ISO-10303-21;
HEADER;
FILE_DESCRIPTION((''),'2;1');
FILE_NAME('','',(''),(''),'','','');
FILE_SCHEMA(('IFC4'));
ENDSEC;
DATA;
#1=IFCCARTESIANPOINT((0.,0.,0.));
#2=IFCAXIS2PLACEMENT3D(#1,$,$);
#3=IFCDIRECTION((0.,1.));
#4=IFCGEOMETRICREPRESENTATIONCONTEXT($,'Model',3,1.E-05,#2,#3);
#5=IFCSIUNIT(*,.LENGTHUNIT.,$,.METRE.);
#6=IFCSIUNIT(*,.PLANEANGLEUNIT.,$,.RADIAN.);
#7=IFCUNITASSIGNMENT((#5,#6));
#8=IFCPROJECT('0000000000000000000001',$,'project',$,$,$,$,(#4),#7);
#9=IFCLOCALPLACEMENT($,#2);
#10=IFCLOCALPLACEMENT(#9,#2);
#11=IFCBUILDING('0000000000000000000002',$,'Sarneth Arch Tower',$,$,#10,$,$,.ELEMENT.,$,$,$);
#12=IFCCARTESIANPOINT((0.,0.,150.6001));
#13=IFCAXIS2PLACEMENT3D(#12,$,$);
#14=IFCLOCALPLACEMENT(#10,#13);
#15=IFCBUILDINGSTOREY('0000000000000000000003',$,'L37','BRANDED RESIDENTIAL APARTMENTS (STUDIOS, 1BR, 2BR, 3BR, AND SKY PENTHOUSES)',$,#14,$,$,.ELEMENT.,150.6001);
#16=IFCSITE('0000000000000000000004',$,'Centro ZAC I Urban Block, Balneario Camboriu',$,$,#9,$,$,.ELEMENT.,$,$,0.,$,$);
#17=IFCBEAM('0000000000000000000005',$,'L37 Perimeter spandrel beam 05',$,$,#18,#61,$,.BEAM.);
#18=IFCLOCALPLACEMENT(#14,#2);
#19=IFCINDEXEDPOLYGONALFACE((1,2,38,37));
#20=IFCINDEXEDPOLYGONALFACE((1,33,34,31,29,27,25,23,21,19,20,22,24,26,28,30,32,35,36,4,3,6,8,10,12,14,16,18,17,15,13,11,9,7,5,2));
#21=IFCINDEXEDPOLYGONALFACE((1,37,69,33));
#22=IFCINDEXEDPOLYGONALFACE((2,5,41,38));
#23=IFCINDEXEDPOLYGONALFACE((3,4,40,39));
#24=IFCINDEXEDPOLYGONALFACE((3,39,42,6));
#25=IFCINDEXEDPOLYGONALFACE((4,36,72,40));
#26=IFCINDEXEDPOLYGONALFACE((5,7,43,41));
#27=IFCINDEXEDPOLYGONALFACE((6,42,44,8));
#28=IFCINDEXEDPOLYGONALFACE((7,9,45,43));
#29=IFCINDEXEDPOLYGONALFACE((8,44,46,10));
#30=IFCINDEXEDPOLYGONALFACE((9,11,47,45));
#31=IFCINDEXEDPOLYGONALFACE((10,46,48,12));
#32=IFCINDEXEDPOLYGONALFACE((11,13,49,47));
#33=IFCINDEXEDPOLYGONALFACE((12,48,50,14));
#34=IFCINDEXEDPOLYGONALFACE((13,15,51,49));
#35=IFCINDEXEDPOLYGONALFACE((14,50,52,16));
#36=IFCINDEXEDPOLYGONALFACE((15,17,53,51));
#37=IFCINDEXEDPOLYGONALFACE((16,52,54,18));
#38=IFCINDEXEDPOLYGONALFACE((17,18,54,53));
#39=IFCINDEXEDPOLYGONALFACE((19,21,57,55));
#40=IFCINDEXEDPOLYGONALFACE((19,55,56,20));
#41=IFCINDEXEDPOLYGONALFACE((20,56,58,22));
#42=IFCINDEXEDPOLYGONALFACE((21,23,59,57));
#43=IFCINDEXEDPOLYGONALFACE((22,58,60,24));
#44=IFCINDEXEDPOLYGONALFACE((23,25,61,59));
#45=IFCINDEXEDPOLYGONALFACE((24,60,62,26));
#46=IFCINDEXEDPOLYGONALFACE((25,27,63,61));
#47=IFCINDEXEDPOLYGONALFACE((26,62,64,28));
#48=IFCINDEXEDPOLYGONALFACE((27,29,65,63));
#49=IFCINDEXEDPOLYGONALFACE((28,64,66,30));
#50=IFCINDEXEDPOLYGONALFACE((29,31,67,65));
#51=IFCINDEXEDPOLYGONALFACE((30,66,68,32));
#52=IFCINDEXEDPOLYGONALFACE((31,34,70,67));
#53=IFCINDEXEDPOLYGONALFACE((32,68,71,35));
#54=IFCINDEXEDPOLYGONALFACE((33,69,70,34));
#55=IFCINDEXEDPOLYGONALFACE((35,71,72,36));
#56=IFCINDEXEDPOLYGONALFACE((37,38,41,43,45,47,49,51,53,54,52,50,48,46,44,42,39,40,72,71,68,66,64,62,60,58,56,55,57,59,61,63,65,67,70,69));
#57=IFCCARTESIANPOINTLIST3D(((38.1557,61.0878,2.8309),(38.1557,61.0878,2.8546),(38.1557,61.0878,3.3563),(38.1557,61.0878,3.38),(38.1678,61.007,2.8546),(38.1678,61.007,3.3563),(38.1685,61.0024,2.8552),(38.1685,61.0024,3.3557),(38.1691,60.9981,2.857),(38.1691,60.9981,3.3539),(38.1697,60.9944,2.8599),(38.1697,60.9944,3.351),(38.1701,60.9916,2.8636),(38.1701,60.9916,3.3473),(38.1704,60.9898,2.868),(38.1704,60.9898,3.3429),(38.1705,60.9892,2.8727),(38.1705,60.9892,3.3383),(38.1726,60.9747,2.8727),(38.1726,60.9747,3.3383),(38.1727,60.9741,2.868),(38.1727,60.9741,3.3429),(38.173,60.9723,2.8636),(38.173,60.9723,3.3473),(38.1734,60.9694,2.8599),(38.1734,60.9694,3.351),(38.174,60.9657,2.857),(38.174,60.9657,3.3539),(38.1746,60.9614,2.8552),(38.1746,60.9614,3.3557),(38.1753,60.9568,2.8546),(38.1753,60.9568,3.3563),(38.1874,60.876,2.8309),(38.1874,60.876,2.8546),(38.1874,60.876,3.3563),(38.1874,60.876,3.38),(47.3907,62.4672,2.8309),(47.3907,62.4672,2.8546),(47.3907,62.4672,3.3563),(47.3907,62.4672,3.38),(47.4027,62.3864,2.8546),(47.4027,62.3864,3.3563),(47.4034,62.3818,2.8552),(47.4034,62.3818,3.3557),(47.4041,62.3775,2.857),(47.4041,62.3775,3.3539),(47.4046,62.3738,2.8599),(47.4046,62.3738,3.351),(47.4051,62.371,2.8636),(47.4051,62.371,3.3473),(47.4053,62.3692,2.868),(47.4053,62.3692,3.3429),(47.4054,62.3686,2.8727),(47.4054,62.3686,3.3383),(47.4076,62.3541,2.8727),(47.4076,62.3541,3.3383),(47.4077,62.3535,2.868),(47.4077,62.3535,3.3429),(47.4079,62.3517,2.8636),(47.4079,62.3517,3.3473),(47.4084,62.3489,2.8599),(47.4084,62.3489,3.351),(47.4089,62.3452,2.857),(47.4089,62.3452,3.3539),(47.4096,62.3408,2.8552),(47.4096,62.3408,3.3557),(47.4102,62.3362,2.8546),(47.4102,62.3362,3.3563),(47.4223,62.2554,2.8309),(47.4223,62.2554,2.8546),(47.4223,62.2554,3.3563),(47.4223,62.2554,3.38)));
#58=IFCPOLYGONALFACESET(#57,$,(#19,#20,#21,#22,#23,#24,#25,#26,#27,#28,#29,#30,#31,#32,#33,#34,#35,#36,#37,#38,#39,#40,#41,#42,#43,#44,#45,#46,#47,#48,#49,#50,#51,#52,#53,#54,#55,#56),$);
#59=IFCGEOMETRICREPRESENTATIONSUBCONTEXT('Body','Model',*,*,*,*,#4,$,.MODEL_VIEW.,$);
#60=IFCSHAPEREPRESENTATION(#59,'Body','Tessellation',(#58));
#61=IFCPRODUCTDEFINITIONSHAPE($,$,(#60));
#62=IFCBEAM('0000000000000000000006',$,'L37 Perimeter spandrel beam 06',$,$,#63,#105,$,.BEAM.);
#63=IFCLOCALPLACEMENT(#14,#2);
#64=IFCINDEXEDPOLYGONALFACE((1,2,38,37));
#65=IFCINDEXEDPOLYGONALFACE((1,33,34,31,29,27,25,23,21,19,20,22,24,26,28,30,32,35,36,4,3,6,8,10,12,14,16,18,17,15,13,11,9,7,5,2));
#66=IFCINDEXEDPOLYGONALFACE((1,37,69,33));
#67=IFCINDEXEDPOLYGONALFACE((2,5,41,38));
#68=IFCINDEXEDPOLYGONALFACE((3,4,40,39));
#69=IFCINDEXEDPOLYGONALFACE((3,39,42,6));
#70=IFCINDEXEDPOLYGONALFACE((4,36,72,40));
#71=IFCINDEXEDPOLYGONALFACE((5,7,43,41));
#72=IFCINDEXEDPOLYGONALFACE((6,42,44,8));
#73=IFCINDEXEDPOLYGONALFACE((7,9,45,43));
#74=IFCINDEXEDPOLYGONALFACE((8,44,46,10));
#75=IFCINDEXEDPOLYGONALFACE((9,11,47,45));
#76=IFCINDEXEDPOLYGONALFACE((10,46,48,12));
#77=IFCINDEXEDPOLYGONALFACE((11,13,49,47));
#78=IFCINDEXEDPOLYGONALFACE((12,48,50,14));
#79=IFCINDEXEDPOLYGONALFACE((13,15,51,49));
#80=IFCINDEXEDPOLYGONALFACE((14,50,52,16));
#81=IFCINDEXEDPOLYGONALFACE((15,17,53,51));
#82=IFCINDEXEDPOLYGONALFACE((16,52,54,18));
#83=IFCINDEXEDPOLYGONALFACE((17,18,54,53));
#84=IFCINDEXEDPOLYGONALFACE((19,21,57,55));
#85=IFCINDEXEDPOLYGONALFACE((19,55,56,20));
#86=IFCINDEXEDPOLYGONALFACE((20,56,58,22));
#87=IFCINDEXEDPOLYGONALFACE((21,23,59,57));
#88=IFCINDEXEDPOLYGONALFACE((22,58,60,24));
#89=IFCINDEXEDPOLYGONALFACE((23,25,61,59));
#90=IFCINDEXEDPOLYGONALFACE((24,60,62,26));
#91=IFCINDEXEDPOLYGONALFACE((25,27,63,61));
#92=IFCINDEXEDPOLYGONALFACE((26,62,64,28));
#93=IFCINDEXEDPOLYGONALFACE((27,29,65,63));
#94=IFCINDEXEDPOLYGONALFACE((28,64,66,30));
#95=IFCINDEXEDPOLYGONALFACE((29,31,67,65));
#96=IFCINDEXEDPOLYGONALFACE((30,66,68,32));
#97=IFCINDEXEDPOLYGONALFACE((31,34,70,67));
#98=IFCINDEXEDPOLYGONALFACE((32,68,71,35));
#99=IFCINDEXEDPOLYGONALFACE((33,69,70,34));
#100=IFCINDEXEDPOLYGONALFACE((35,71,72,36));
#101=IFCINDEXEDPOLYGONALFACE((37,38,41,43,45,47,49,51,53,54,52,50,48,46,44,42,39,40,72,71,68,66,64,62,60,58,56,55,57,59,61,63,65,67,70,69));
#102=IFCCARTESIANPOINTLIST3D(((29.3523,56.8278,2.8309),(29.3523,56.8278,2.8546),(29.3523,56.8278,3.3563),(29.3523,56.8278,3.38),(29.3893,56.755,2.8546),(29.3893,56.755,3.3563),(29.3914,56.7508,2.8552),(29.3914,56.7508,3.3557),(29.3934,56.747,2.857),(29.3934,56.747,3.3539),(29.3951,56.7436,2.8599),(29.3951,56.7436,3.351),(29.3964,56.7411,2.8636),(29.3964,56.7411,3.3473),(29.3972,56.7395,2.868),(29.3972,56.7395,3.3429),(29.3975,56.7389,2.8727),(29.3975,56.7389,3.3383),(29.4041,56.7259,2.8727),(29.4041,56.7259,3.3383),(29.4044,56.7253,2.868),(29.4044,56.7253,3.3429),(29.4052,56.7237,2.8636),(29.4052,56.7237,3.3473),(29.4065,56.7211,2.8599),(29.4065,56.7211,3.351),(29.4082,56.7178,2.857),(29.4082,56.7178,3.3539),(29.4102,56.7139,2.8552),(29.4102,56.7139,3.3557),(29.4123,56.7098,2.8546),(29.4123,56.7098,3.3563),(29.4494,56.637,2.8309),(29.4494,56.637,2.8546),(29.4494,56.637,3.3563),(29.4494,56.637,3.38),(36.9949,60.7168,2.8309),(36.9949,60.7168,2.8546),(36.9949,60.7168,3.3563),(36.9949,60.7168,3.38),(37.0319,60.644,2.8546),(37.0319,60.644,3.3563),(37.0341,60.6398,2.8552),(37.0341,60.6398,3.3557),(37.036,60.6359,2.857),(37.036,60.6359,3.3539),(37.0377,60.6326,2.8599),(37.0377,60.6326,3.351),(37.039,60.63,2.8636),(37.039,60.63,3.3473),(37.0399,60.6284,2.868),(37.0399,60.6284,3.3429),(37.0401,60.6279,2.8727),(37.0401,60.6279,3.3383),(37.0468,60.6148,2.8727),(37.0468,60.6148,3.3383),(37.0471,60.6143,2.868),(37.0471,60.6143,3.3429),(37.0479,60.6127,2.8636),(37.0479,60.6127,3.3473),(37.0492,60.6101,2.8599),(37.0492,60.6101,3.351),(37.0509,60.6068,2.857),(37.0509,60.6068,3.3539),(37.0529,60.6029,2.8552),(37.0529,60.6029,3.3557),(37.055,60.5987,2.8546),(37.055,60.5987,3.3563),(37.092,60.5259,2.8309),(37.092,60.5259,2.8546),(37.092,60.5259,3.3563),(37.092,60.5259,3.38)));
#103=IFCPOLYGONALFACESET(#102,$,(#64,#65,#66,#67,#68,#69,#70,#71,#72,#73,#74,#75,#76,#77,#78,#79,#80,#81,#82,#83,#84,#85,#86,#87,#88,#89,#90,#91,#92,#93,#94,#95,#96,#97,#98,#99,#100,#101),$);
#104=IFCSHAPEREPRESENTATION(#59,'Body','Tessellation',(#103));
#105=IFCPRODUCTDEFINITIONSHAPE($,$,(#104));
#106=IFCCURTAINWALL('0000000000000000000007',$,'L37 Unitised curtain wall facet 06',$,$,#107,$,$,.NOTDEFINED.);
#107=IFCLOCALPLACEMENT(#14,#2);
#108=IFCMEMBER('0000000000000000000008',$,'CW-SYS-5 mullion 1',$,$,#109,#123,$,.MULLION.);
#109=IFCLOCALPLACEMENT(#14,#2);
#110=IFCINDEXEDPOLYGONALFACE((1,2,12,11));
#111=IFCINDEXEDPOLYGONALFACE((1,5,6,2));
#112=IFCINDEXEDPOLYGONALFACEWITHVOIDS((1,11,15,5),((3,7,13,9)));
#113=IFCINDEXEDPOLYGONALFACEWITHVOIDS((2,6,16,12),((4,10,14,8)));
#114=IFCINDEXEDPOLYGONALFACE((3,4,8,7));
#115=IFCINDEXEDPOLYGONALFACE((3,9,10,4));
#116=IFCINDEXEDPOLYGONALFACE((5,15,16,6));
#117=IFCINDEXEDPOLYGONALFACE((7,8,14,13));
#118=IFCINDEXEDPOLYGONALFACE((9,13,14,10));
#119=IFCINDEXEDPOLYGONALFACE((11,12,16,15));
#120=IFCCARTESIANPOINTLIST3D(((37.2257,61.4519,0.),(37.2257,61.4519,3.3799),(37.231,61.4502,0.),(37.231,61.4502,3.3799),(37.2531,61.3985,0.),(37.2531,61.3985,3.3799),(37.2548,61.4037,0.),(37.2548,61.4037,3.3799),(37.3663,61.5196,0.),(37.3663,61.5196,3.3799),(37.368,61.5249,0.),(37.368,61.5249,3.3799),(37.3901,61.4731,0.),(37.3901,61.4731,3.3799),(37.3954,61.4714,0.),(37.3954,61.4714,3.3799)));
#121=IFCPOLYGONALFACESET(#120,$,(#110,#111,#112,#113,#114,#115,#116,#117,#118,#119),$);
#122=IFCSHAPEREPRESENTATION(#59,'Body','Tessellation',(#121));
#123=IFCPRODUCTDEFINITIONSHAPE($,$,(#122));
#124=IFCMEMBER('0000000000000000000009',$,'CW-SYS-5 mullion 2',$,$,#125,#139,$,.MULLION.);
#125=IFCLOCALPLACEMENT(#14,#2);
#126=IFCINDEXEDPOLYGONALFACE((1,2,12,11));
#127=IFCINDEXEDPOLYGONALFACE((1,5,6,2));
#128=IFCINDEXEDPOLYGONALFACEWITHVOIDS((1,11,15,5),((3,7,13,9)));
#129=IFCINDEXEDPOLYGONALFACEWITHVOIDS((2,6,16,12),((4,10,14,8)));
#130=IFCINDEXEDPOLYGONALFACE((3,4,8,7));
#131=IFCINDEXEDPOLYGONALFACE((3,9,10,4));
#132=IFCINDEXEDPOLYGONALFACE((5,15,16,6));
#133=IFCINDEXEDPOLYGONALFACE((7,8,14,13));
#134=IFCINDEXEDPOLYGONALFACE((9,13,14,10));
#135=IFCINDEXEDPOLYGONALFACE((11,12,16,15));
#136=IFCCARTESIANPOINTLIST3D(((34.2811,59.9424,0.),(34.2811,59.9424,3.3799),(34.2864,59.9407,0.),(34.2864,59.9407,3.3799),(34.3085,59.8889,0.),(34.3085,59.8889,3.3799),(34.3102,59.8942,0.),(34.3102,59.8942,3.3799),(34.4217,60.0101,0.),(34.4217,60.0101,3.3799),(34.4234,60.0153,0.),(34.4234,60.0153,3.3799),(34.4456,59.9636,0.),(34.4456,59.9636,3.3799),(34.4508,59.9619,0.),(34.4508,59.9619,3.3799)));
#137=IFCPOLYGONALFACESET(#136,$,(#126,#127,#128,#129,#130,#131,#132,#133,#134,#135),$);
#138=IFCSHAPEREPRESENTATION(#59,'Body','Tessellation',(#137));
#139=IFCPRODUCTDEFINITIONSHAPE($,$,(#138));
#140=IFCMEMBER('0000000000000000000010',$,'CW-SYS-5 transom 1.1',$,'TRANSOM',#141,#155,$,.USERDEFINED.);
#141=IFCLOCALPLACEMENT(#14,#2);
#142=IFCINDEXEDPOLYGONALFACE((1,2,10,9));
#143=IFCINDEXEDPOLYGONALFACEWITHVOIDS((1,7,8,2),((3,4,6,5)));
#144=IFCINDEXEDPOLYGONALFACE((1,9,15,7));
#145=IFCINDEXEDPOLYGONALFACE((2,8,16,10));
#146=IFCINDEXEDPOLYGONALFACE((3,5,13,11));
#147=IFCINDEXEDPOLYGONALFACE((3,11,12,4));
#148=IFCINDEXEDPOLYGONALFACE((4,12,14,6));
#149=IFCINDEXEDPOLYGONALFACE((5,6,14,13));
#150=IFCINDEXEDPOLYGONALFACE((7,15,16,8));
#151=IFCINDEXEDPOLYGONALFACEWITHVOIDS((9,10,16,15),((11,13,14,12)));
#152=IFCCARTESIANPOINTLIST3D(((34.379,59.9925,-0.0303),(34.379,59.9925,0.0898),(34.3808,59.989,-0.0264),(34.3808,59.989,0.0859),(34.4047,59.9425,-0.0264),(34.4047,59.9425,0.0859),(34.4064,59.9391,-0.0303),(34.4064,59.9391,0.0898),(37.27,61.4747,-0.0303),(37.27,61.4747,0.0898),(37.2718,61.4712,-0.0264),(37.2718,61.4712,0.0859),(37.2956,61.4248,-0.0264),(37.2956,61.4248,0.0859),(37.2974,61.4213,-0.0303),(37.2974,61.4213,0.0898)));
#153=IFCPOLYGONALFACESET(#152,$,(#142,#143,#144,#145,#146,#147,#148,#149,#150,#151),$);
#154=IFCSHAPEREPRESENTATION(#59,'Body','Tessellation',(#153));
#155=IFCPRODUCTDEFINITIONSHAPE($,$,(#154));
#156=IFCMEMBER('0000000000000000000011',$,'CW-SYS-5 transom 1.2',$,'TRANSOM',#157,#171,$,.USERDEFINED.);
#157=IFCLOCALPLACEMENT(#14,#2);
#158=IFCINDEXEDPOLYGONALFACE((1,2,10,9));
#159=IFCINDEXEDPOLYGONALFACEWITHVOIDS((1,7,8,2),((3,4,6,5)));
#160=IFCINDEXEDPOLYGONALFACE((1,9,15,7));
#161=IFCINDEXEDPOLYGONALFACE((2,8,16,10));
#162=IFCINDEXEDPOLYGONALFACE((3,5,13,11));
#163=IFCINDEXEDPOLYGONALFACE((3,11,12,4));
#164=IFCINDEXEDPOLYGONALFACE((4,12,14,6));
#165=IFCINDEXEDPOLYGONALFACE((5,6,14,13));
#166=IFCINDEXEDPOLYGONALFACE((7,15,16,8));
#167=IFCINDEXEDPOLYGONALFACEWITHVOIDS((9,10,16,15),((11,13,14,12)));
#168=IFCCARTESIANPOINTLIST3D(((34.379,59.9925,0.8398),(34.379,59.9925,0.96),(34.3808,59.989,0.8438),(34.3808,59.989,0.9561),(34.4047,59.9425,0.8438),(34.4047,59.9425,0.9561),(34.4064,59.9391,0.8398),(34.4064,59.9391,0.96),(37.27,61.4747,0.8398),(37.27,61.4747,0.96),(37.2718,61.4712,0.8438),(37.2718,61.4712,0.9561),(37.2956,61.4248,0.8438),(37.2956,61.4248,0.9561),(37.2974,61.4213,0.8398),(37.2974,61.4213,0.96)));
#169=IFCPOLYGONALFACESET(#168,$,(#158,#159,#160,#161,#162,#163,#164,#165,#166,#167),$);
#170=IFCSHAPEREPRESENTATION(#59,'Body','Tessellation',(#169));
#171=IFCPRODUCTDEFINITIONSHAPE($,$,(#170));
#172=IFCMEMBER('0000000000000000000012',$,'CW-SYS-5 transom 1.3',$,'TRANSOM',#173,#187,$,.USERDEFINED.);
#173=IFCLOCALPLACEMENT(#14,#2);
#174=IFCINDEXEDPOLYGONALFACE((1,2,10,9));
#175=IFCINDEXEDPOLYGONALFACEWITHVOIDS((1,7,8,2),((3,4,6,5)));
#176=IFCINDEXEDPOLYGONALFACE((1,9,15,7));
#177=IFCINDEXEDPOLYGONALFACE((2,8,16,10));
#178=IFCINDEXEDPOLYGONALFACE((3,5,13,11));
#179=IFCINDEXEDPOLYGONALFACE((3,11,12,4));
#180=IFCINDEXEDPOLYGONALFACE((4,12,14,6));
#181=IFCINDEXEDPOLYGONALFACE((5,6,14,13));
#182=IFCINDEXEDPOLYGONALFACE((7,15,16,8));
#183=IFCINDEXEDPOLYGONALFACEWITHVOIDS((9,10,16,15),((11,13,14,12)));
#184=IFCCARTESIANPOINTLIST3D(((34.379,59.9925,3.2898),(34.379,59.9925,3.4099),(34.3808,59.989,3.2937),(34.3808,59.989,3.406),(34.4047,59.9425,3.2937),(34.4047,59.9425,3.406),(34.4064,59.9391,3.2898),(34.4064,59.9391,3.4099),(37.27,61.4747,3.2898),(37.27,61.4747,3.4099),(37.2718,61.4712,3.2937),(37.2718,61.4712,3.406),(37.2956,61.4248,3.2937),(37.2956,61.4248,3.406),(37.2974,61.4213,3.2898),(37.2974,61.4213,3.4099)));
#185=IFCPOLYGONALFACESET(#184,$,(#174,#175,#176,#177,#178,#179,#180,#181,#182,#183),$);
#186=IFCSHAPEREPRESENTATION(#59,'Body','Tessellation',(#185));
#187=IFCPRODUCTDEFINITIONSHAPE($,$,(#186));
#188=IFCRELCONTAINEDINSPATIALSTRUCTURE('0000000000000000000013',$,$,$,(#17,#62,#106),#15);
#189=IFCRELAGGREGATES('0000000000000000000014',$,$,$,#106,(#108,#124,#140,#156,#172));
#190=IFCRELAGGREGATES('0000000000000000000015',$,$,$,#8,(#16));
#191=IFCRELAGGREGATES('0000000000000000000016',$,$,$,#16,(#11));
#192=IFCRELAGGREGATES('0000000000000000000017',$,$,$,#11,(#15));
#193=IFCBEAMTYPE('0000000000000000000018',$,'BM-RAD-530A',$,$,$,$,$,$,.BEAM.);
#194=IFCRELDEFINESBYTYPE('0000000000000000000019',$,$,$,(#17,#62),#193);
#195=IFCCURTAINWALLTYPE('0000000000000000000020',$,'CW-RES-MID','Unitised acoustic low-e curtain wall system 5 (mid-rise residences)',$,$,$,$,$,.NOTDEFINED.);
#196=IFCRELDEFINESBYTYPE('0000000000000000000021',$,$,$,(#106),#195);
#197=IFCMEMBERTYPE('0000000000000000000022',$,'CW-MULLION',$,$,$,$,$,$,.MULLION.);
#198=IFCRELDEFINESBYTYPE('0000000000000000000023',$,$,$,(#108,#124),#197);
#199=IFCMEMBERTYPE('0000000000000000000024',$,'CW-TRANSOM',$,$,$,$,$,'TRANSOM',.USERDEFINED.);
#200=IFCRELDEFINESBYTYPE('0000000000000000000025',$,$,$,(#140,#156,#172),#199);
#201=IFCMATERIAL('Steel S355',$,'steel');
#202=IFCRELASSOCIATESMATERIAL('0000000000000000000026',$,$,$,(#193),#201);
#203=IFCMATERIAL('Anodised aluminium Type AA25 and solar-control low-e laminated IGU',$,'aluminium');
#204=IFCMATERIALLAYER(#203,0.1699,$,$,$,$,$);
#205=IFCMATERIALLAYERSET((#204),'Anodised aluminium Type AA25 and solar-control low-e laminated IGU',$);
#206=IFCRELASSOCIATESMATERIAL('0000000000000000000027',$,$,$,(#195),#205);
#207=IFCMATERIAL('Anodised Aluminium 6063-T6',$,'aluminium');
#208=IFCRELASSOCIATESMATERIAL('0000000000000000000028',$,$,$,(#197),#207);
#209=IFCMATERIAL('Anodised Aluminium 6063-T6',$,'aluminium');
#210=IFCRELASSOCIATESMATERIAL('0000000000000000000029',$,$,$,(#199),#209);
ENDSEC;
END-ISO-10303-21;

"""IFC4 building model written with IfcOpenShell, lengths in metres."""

from ifc_helpers import new_model, si_unit, direction, frame, origin, origin_2d, place, context, subcontext, project, spatial, hollow_rectangle, i_section, extrude, material, layer, layer_set, material_profile, profile_set, type_object, element, aggregate, save


model = new_model("IFC4")

# Units and contexts
model_context = context("Model", 3, precision=1e-05, world=origin(), true_north=direction((0.0, 1.0)))
body_context = subcontext(model_context, "Body", "Model", "MODEL_VIEW")
ifc_project = project(units=[si_unit("LENGTHUNIT", "METRE"), si_unit("PLANEANGLEUNIT", "RADIAN")], contexts=[model_context])

# Site, building, storey
site_placement = place(None, origin())
site = spatial("IfcSite", under=ifc_project, at=site_placement, Name="Centro ZAC I Urban Block, Balneario Camboriu", CompositionType="ELEMENT", RefElevation=0.0)
building_placement = place(site_placement, origin())
building = spatial("IfcBuilding", under=site, at=building_placement, Name="Sarneth Arch Tower", CompositionType="ELEMENT")
storey_placement = place(building_placement, frame((0.0, 0.0, 150.6001)))
storey = spatial("IfcBuildingStorey", under=building, at=storey_placement, Name="L37", Description="BRANDED RESIDENTIAL APARTMENTS (STUDIOS, 1BR, 2BR, 3BR, AND SKY PENTHOUSES)", CompositionType="ELEMENT", Elevation=150.6001)

# Beams
ifc_material_1 = material(Name="Steel S355", Category="steel")
ifc_material_profile_1 = material_profile(ifc_material_1, i_section(OverallWidth=0.2141, OverallDepth=0.5491, WebThickness=0.0146, FlangeThickness=0.0237, FilletRadius=0.0181, at=origin_2d()), Name="W530x138")
ifc_profile_set_1 = profile_set([ifc_material_profile_1], Name="Steel S355")
beam_type = type_object("IfcBeamType", Name="BM-RAD-530A", PredefinedType="BEAM", material=ifc_profile_set_1)
beam_1_placement = place(storey_placement, frame((47.4065, 62.3613, 3.1055), z_axis=(-0.989028, -0.147729, 0.0), x_axis=(0.147729, -0.989028, 0.0)))
element("IfcBeam", 1, at=beam_1_placement, inside=storey, type_object=beam_type, Name="L37 Perimeter spandrel beam 05", PredefinedType="BEAM", context=body_context, shape_type="SweptSolid", body=[
    extrude(i_section(OverallWidth=0.2141, OverallDepth=0.5491, WebThickness=0.0146, FlangeThickness=0.0237, FilletRadius=0.0181, at=origin_2d()), origin(), (0.0, 0.0, 1.0), 9.3374),
])
beam_2_placement = place(storey_placement, frame((37.0435, 60.6213, 3.1055), z_axis=(-0.89125, -0.453512, 0.0), x_axis=(0.453512, -0.89125, 0.0)))
element("IfcBeam", 2, at=beam_2_placement, inside=storey, type_object=beam_type, Name="L37 Perimeter spandrel beam 06", PredefinedType="BEAM", context=body_context, shape_type="SweptSolid", body=[
    extrude(i_section(OverallWidth=0.2141, OverallDepth=0.5491, WebThickness=0.0146, FlangeThickness=0.0237, FilletRadius=0.0181, at=origin_2d()), origin(), (0.0, 0.0, 1.0), 8.5752),
])

# Curtain wall, members
ifc_material_2 = material(Name="Anodised aluminium Type AA25 and solar-control low-e laminated IGU", Category="aluminium")
ifc_layer_1 = layer(ifc_material_2, 0.1699)
ifc_layer_set_1 = layer_set([ifc_layer_1], Name="Anodised aluminium Type AA25 and solar-control low-e laminated IGU")
curtain_wall_type = type_object("IfcCurtainWallType", Name="CW-RES-MID", Description="Unitised acoustic low-e curtain wall system 5 (mid-rise residences)", PredefinedType="NOTDEFINED", material=ifc_layer_set_1)
curtain_wall_placement = place(storey_placement, origin())
curtain_wall = element("IfcCurtainWall", 3, at=curtain_wall_placement, inside=storey, type_object=curtain_wall_type, Name="L37 Unitised curtain wall facet 06", PredefinedType="NOTDEFINED")
ifc_material_3 = material(Name="Anodised Aluminium 6063-T6", Category="aluminium")
ifc_material_profile_2 = material_profile(ifc_material_3, hollow_rectangle(XDim=0.0601, YDim=0.1599, WallThickness=0.0039, at=origin_2d()), Name="AL-MULL-160x60x4")
ifc_profile_set_2 = profile_set([ifc_material_profile_2], Name="Anodised Aluminium 6063-T6")
member_type_1 = type_object("IfcMemberType", Name="CW-MULLION", PredefinedType="MULLION", material=ifc_profile_set_2)
member_1_placement = place(storey_placement, frame((37.3105, 61.4617, 0.0), z_axis=(0.0, 0.0, 1.0), x_axis=(0.456208, -0.889873, 0.0)))
member_1 = element("IfcMember", 4, at=member_1_placement, type_object=member_type_1, Name="CW-SYS-5 mullion 1", PredefinedType="MULLION", context=body_context, shape_type="SweptSolid", body=[
    extrude(hollow_rectangle(XDim=0.0601, YDim=0.1599, WallThickness=0.0039, at=origin_2d()), origin(), (0.0, 0.0, 1.0), 3.3799),
])
member_2_placement = place(storey_placement, frame((34.366, 59.9521, 0.0), z_axis=(0.0, 0.0, 1.0), x_axis=(0.456208, -0.889873, 0.0)))
member_2 = element("IfcMember", 5, at=member_2_placement, type_object=member_type_1, Name="CW-SYS-5 mullion 2", PredefinedType="MULLION", context=body_context, shape_type="SweptSolid", body=[
    extrude(hollow_rectangle(XDim=0.0601, YDim=0.1599, WallThickness=0.0039, at=origin_2d()), origin(), (0.0, 0.0, 1.0), 3.3799),
])
ifc_material_4 = material(Name="Anodised Aluminium 6063-T6", Category="aluminium")
ifc_material_profile_3 = material_profile(ifc_material_4, hollow_rectangle(XDim=0.0601, YDim=0.1201, WallThickness=0.0039, at=origin_2d()), Name="AL-TRAN-120x60x4")
ifc_profile_set_3 = profile_set([ifc_material_profile_3], Name="Anodised Aluminium 6063-T6")
member_type_2 = type_object("IfcMemberType", Name="CW-TRANSOM", ElementType="TRANSOM", PredefinedType="USERDEFINED", material=ifc_profile_set_3)
member_3_placement = place(storey_placement, frame((37.2837, 61.448, 0.0298), z_axis=(-0.889857, -0.456239, 0.0), x_axis=(0.456239, -0.889857, 0.0)))
member_3 = element("IfcMember", 6, at=member_3_placement, type_object=member_type_2, Name="CW-SYS-5 transom 1.1", ObjectType="TRANSOM", PredefinedType="USERDEFINED", context=body_context, shape_type="SweptSolid", body=[
    extrude(hollow_rectangle(XDim=0.0601, YDim=0.1201, WallThickness=0.0039, at=origin_2d()), origin(), (0.0, 0.0, 1.0), 3.2488),
])
member_4_placement = place(storey_placement, frame((37.2837, 61.448, 0.8999), z_axis=(-0.889857, -0.456239, 0.0), x_axis=(0.456239, -0.889857, 0.0)))
member_4 = element("IfcMember", 7, at=member_4_placement, type_object=member_type_2, Name="CW-SYS-5 transom 1.2", ObjectType="TRANSOM", PredefinedType="USERDEFINED", context=body_context, shape_type="SweptSolid", body=[
    extrude(hollow_rectangle(XDim=0.0601, YDim=0.1201, WallThickness=0.0039, at=origin_2d()), origin(), (0.0, 0.0, 1.0), 3.2488),
])
member_5_placement = place(storey_placement, frame((37.2837, 61.448, 3.3499), z_axis=(-0.889857, -0.456239, 0.0), x_axis=(0.456239, -0.889857, 0.0)))
member_5 = element("IfcMember", 8, at=member_5_placement, type_object=member_type_2, Name="CW-SYS-5 transom 1.3", ObjectType="TRANSOM", PredefinedType="USERDEFINED", context=body_context, shape_type="SweptSolid", body=[
    extrude(hollow_rectangle(XDim=0.0601, YDim=0.1201, WallThickness=0.0039, at=origin_2d()), origin(), (0.0, 0.0, 1.0), 3.2488),
])

aggregate(curtain_wall, [member_1, member_2, member_3, member_4, member_5])

save(model, "model.ifc")
